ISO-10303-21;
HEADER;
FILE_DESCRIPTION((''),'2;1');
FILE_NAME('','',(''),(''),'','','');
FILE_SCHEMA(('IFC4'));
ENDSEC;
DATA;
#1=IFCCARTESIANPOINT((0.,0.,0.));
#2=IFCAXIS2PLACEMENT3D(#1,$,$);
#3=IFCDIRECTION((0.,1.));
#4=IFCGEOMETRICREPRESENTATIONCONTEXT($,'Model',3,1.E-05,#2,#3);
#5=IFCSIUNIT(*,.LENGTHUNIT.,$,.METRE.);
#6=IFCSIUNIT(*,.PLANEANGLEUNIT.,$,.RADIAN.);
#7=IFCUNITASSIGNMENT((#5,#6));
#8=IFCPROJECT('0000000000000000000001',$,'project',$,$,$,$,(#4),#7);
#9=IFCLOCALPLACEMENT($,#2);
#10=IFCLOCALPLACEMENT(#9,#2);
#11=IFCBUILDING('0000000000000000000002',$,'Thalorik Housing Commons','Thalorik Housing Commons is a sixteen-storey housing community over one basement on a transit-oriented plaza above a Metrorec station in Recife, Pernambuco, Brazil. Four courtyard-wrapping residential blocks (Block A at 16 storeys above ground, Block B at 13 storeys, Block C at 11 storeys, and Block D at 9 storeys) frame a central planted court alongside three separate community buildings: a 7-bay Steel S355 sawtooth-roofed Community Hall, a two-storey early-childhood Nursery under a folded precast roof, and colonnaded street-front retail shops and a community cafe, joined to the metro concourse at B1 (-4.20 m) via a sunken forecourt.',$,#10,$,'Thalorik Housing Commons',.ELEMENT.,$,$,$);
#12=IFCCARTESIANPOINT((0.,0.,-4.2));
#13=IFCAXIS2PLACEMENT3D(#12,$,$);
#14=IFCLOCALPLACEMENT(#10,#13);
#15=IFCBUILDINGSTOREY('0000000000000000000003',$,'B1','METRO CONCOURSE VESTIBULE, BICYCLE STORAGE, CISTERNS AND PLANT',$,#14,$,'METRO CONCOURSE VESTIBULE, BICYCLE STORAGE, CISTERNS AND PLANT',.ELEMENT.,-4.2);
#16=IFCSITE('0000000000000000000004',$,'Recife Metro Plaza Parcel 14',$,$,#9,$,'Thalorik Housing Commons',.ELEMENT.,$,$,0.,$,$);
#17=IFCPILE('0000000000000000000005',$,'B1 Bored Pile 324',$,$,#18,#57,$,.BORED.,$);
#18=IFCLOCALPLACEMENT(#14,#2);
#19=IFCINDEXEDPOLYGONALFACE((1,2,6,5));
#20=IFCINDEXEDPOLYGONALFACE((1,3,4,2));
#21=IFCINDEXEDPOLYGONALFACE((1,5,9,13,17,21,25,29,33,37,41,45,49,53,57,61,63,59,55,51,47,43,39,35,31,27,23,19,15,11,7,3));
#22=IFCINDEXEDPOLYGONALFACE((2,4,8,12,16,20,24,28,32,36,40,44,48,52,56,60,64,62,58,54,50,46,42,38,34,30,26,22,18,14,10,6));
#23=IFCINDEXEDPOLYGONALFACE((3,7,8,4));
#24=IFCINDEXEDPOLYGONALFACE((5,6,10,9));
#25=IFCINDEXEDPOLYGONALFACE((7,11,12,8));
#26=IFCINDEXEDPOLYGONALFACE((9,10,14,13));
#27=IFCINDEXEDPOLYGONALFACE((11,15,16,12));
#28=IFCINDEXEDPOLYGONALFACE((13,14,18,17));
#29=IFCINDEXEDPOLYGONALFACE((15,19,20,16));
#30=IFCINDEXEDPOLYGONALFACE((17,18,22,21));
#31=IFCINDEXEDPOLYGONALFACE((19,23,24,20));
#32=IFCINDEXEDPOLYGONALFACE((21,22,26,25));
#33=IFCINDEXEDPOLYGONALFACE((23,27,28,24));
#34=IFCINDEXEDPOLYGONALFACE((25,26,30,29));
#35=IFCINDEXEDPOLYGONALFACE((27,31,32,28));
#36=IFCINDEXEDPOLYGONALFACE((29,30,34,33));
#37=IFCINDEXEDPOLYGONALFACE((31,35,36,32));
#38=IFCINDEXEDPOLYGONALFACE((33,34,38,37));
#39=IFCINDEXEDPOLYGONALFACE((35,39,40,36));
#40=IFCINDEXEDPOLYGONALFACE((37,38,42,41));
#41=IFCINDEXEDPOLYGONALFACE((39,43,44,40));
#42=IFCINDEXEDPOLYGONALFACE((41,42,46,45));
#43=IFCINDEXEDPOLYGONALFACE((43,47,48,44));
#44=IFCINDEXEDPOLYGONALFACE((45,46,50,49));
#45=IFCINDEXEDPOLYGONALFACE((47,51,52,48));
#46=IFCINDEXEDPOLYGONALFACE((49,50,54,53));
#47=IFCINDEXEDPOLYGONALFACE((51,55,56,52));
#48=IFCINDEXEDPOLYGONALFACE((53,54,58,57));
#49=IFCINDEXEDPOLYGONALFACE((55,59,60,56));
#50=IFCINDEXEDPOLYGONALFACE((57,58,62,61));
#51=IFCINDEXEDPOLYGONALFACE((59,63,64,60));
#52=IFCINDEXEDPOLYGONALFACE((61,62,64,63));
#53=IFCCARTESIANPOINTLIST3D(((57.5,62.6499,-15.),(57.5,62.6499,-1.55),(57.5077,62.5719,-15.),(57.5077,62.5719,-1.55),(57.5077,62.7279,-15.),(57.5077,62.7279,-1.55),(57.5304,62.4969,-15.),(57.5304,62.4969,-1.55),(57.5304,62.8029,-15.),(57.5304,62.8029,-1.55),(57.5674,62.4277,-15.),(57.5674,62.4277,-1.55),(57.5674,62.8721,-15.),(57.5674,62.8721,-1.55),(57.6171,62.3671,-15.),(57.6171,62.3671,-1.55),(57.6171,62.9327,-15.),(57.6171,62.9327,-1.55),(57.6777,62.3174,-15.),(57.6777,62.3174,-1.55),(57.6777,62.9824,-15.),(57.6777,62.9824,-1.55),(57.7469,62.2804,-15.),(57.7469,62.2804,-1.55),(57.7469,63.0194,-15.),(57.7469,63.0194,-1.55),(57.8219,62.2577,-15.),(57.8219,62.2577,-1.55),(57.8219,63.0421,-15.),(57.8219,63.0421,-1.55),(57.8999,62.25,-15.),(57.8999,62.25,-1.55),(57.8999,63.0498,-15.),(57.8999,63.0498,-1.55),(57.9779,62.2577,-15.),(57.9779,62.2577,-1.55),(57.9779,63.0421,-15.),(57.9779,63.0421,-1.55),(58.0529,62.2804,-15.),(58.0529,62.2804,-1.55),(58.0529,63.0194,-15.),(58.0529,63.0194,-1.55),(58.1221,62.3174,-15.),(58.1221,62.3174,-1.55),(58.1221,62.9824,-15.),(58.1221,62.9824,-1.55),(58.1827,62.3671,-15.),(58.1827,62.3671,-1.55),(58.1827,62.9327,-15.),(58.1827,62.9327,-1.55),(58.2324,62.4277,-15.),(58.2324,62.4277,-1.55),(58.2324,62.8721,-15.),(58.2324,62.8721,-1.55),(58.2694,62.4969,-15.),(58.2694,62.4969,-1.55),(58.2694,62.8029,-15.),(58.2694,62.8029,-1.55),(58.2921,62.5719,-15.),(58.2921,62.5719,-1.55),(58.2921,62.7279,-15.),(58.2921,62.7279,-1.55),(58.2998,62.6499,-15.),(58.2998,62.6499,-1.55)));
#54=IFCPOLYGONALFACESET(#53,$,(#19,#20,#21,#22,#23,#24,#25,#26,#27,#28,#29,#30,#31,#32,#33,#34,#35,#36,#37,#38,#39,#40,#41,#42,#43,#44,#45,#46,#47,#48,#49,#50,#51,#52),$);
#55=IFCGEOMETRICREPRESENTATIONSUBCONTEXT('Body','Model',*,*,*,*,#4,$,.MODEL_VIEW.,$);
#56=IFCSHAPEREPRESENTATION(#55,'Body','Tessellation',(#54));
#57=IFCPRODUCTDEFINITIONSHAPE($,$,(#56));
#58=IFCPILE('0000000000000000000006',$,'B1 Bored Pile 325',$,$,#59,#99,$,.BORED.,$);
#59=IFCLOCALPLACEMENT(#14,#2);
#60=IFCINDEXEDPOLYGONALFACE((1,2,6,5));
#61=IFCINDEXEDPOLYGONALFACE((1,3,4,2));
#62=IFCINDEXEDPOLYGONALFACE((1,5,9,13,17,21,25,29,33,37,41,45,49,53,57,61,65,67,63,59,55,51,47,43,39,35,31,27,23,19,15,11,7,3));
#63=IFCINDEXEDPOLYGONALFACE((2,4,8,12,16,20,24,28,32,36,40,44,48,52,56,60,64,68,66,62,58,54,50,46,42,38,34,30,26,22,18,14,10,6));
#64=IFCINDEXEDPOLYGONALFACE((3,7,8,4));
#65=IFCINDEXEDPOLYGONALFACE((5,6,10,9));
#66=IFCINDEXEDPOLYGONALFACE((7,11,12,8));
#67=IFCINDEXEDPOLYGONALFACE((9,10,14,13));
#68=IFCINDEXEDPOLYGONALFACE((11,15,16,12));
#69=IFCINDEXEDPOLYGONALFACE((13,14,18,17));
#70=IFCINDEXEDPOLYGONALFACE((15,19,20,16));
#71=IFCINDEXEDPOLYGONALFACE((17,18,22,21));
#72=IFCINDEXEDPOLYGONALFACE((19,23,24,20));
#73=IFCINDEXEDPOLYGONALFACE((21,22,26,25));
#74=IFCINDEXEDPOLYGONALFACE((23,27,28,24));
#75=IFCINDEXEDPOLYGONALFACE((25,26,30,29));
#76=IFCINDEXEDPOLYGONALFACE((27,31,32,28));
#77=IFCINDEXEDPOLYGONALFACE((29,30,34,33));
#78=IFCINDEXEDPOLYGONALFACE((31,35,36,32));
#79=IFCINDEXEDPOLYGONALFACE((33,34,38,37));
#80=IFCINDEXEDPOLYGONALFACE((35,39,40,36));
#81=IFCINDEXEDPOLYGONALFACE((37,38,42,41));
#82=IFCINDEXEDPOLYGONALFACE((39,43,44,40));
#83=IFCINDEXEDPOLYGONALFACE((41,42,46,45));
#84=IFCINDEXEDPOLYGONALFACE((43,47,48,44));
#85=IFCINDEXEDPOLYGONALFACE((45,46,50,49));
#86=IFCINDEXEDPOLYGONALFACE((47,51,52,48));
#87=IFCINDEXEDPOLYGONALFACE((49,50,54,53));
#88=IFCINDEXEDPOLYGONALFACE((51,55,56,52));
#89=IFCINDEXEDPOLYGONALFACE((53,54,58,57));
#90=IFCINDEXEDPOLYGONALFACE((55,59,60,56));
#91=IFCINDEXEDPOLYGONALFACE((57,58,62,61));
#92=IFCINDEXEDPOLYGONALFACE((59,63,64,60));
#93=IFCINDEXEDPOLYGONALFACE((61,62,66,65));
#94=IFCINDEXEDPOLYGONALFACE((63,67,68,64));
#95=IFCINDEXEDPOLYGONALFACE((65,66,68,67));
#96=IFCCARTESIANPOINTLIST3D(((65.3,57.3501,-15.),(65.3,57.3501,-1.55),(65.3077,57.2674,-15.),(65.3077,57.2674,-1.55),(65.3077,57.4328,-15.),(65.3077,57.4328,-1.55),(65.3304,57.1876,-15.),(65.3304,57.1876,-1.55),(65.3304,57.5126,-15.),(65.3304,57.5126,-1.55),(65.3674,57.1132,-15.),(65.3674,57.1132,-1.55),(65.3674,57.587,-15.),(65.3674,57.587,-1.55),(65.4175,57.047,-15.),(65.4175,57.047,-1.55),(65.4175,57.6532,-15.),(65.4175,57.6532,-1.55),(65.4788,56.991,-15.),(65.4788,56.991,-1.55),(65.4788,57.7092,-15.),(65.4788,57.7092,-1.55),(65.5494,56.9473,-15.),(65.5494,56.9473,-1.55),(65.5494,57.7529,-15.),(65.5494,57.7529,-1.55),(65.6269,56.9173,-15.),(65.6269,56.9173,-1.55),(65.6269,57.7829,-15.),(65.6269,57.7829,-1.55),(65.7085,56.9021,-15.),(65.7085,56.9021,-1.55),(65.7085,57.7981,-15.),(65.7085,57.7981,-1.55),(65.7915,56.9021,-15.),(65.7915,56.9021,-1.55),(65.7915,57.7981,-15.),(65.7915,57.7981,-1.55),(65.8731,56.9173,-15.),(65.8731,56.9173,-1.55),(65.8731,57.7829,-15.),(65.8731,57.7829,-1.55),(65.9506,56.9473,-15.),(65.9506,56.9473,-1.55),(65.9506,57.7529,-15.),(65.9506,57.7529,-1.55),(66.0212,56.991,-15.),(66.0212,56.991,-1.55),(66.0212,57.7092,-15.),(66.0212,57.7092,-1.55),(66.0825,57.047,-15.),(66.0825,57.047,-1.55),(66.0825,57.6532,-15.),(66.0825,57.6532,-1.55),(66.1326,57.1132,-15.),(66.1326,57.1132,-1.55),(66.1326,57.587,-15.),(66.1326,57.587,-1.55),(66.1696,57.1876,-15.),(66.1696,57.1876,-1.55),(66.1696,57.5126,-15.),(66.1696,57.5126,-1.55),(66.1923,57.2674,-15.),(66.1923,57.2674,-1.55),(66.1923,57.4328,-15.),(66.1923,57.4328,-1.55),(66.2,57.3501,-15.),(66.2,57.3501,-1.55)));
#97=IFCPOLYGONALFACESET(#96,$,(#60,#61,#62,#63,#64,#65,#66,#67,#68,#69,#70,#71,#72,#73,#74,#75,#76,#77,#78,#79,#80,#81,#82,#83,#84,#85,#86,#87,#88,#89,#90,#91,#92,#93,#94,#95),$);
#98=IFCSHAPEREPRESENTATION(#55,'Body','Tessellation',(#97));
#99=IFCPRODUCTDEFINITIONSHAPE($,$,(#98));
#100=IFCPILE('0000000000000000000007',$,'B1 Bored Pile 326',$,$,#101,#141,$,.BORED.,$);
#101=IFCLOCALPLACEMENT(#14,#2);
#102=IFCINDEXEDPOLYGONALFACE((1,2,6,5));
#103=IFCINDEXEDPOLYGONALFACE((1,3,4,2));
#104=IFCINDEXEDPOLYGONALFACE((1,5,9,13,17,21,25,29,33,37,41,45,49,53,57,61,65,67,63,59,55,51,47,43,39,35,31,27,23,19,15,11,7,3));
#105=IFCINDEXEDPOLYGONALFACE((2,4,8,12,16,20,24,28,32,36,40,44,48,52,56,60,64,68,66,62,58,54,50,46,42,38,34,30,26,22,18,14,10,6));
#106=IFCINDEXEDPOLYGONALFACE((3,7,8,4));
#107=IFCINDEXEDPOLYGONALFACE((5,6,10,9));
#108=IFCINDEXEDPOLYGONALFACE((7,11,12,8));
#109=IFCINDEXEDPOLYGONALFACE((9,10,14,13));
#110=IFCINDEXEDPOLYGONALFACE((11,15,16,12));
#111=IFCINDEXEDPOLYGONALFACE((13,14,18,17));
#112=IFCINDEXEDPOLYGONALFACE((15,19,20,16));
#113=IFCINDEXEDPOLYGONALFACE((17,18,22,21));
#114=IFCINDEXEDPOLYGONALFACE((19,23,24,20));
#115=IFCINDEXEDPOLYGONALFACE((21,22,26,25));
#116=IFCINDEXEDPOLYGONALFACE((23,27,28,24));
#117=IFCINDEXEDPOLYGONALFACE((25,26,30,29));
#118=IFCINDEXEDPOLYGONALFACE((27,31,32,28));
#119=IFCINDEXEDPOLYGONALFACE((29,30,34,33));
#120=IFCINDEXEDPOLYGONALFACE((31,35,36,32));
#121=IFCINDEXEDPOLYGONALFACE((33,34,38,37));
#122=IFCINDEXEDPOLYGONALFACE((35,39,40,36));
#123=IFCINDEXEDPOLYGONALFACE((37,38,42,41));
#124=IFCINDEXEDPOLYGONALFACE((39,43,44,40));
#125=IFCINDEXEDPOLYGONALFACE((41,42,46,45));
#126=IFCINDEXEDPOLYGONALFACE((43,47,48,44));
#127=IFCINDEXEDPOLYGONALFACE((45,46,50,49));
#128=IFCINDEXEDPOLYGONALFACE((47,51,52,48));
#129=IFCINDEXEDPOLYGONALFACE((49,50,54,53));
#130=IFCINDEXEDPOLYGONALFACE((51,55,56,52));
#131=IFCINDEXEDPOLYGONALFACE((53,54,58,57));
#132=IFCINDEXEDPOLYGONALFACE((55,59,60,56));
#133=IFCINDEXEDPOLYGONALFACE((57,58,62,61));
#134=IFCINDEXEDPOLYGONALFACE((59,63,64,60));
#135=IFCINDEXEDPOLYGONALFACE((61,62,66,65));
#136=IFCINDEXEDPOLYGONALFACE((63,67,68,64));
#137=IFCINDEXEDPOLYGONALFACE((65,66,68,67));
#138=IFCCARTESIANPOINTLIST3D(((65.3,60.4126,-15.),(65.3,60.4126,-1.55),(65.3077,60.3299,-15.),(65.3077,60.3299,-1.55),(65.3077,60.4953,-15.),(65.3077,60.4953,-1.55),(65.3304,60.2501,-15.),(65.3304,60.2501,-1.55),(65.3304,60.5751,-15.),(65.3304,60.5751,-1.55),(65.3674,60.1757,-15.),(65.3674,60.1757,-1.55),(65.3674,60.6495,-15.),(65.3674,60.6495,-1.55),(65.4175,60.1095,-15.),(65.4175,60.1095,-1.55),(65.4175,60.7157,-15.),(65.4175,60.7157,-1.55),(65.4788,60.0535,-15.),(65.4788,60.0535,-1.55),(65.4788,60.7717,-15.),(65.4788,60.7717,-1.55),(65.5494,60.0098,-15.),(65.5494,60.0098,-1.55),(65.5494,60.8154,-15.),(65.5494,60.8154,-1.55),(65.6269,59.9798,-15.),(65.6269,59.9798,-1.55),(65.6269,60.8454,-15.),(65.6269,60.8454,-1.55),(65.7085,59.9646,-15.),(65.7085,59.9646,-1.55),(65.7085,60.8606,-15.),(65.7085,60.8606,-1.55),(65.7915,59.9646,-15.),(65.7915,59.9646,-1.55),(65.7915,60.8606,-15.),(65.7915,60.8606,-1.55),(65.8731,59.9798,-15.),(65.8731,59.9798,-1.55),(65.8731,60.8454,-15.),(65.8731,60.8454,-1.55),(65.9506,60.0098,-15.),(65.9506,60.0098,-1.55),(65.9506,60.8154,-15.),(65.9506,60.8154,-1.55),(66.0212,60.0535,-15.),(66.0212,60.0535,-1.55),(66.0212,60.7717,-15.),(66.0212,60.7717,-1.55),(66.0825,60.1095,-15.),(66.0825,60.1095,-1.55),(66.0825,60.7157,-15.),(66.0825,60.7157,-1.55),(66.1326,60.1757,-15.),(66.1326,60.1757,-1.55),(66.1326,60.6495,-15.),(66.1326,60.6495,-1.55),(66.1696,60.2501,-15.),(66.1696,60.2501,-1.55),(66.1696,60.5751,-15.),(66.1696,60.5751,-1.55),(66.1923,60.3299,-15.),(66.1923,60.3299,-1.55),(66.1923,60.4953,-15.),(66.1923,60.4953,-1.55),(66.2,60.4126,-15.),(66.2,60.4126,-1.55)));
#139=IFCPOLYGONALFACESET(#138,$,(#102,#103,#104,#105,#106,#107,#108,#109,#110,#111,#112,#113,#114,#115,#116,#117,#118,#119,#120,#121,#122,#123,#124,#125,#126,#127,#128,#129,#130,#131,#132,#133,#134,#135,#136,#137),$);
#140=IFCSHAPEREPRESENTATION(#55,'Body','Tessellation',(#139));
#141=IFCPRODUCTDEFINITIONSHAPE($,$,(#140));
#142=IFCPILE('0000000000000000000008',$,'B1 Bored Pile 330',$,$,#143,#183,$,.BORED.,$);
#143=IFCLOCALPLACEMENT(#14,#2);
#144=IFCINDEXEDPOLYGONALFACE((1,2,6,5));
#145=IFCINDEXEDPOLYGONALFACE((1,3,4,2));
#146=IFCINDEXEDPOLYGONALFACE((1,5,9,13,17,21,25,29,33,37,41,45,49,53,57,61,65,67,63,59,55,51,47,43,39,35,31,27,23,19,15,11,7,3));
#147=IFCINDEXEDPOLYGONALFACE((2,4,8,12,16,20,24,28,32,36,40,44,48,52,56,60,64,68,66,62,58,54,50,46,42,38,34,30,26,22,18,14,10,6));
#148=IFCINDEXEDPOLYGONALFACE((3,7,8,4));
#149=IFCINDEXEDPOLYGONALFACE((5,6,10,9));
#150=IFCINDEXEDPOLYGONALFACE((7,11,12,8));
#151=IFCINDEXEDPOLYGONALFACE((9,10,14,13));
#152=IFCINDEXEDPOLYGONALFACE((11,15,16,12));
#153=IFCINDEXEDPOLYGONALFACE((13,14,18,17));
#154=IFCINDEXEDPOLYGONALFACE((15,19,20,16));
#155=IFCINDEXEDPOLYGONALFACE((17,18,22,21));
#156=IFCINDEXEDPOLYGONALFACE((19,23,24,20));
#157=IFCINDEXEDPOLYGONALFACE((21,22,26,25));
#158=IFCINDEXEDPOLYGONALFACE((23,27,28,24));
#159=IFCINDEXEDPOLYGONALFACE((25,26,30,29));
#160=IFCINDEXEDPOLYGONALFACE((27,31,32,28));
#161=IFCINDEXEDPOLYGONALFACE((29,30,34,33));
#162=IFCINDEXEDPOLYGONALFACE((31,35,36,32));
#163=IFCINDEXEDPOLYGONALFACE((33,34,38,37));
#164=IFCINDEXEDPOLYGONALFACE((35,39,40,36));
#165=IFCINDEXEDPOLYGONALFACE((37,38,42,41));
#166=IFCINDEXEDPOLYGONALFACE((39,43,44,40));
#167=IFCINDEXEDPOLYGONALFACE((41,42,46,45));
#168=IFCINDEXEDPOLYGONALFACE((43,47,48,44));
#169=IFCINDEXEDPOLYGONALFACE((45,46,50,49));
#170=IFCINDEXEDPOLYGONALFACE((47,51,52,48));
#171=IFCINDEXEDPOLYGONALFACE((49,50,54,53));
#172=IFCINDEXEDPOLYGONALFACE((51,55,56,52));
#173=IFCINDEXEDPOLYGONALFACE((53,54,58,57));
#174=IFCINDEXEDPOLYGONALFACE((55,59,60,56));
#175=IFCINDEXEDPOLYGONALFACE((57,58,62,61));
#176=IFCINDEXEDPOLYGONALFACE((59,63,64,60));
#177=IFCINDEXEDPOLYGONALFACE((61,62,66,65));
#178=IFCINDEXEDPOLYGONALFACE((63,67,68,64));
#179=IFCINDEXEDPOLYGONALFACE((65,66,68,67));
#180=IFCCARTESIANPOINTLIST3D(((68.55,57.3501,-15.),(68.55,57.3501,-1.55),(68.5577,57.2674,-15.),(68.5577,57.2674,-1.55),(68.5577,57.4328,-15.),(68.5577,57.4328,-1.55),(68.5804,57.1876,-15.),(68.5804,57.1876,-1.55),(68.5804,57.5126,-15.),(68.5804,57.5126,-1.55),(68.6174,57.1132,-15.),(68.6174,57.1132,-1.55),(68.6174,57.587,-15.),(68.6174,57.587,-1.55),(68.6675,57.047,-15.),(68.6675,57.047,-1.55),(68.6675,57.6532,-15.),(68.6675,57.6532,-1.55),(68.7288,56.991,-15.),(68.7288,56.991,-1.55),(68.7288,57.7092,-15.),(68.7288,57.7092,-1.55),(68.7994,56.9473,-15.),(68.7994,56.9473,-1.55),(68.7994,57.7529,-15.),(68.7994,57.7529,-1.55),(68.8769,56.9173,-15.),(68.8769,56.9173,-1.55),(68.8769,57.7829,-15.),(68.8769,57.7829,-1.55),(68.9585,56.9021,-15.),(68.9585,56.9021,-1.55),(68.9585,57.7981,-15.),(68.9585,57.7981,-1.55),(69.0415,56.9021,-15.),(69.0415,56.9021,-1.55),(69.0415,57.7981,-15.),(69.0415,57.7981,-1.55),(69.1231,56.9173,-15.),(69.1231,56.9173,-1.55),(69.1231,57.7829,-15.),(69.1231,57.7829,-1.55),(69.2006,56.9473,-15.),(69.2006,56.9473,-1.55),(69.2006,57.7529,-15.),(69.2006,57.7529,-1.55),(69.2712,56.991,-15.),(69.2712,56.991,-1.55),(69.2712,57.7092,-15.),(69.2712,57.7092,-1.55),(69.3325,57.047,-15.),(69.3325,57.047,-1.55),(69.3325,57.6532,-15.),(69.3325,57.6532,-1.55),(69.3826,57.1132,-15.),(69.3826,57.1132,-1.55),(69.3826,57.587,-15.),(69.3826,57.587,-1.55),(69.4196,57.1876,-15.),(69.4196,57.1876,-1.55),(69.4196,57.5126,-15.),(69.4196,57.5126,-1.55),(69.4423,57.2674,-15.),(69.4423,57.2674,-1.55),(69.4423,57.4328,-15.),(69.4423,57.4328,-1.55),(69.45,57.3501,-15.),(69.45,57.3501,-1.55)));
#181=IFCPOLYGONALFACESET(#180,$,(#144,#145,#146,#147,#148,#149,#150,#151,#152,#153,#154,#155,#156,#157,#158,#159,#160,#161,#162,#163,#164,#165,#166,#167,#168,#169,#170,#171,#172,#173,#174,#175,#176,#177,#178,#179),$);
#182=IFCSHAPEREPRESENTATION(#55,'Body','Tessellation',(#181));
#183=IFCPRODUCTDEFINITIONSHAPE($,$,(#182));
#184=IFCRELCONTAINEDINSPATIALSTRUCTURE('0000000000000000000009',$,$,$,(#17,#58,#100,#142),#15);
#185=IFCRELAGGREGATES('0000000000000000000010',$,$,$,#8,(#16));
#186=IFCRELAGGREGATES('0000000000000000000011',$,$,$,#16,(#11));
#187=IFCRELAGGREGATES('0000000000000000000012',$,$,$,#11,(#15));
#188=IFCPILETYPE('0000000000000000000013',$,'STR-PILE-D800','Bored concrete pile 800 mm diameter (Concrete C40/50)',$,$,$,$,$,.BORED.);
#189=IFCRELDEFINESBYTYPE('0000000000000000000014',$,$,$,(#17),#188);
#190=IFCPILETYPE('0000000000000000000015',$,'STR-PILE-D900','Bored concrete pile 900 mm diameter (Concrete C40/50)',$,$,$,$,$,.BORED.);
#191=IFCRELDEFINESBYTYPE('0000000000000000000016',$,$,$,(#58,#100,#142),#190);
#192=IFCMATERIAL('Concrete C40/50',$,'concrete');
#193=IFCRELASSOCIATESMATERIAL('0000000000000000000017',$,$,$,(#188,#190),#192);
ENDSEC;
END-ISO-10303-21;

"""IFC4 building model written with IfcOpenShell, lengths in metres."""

from ifc_helpers import new_model, si_unit, direction, frame, origin, origin_2d, place, context, subcontext, project, spatial, circle, extrude, material, material_profile, profile_set, type_object, element, save


model = new_model("IFC4")

# Units and contexts
model_context = context("Model", 3, precision=1e-05, world=origin(), true_north=direction((0.0, 1.0)))
body_context = subcontext(model_context, "Body", "Model", "MODEL_VIEW")
ifc_project = project(units=[si_unit("LENGTHUNIT", "METRE"), si_unit("PLANEANGLEUNIT", "RADIAN")], contexts=[model_context])

# Site, building, storey
site_placement = place(None, origin())
site = spatial("IfcSite", under=ifc_project, at=site_placement, Name="Recife Metro Plaza Parcel 14", LongName="Thalorik Housing Commons", CompositionType="ELEMENT", RefElevation=0.0)
building_placement = place(site_placement, origin())
building = spatial("IfcBuilding", under=site, at=building_placement, Name="Thalorik Housing Commons", Description="Thalorik Housing Commons is a sixteen-storey housing community over one basement on a transit-oriented plaza above a Metrorec station in Recife, Pernambuco, Brazil. Four courtyard-wrapping residential blocks (Block A at 16 storeys above ground, Block B at 13 storeys, Block C at 11 storeys, and Block D at 9 storeys) frame a central planted court alongside three separate community buildings: a 7-bay Steel S355 sawtooth-roofed Community Hall, a two-storey early-childhood Nursery under a folded precast roof, and colonnaded street-front retail shops and a community cafe, joined to the metro concourse at B1 (-4.20 m) via a sunken forecourt.", LongName="Thalorik Housing Commons", CompositionType="ELEMENT")
storey_placement = place(building_placement, frame((0.0, 0.0, -4.2)))
storey = spatial("IfcBuildingStorey", under=building, at=storey_placement, Name="B1", Description="METRO CONCOURSE VESTIBULE, BICYCLE STORAGE, CISTERNS AND PLANT", LongName="METRO CONCOURSE VESTIBULE, BICYCLE STORAGE, CISTERNS AND PLANT", CompositionType="ELEMENT", Elevation=-4.2)

# Shared definitions
ifc_material_1 = material(Name="Concrete C40/50", Category="concrete")

# Piles
ifc_material_profile_1 = material_profile(ifc_material_1, circle(Radius=0.3999, at=origin_2d()), Name="BORED PILE D800", Category="concrete")
ifc_profile_set_1 = profile_set([ifc_material_profile_1], Name="Concrete C40/50")
pile_type_1 = type_object("IfcPileType", Name="STR-PILE-D800", Description="Bored concrete pile 800 mm diameter (Concrete C40/50)", PredefinedType="BORED", material=ifc_profile_set_1)
for number, where, z_axis, x_axis, name in (
    (1, (57.8999, 62.6499, -1.55), (0.0, 0.0, -1.0), (1.0, 0.0, 0.0), "B1 Bored Pile 324"),
):
    element("IfcPile", number, at=place(storey_placement, frame(where, z_axis=z_axis, x_axis=x_axis)), inside=storey, type_object=pile_type_1, Name=name, PredefinedType="BORED", context=body_context, shape_type="SweptSolid", body=[
        extrude(circle(Radius=0.3999, at=origin_2d()), origin(), (0.0, 0.0, 1.0), 13.45),
    ])
ifc_material_profile_2 = material_profile(ifc_material_1, circle(Radius=0.45, at=origin_2d()), Name="BORED PILE D900", Category="concrete")
ifc_profile_set_2 = profile_set([ifc_material_profile_2], Name="Concrete C40/50")
pile_type_2 = type_object("IfcPileType", Name="STR-PILE-D900", Description="Bored concrete pile 900 mm diameter (Concrete C40/50)", PredefinedType="BORED", material=ifc_profile_set_2)
for number, where, z_axis, x_axis, name in (
    (2, (65.75, 57.3501, -1.55), (0.0, 0.0, -1.0), (1.0, 0.0, 0.0), "B1 Bored Pile 325"),
    (3, (65.75, 60.4126, -1.55), (0.0, 0.0, -1.0), (1.0, 0.0, 0.0), "B1 Bored Pile 326"),
    (4, (69.0, 57.3501, -1.55), (0.0, 0.0, -1.0), (1.0, 0.0, 0.0), "B1 Bored Pile 330"),
):
    element("IfcPile", number, at=place(storey_placement, frame(where, z_axis=z_axis, x_axis=x_axis)), inside=storey, type_object=pile_type_2, Name=name, PredefinedType="BORED", context=body_context, shape_type="SweptSolid", body=[
        extrude(circle(Radius=0.45, at=origin_2d()), origin(), (0.0, 0.0, 1.0), 13.45),
    ])

save(model, "model.ifc")
